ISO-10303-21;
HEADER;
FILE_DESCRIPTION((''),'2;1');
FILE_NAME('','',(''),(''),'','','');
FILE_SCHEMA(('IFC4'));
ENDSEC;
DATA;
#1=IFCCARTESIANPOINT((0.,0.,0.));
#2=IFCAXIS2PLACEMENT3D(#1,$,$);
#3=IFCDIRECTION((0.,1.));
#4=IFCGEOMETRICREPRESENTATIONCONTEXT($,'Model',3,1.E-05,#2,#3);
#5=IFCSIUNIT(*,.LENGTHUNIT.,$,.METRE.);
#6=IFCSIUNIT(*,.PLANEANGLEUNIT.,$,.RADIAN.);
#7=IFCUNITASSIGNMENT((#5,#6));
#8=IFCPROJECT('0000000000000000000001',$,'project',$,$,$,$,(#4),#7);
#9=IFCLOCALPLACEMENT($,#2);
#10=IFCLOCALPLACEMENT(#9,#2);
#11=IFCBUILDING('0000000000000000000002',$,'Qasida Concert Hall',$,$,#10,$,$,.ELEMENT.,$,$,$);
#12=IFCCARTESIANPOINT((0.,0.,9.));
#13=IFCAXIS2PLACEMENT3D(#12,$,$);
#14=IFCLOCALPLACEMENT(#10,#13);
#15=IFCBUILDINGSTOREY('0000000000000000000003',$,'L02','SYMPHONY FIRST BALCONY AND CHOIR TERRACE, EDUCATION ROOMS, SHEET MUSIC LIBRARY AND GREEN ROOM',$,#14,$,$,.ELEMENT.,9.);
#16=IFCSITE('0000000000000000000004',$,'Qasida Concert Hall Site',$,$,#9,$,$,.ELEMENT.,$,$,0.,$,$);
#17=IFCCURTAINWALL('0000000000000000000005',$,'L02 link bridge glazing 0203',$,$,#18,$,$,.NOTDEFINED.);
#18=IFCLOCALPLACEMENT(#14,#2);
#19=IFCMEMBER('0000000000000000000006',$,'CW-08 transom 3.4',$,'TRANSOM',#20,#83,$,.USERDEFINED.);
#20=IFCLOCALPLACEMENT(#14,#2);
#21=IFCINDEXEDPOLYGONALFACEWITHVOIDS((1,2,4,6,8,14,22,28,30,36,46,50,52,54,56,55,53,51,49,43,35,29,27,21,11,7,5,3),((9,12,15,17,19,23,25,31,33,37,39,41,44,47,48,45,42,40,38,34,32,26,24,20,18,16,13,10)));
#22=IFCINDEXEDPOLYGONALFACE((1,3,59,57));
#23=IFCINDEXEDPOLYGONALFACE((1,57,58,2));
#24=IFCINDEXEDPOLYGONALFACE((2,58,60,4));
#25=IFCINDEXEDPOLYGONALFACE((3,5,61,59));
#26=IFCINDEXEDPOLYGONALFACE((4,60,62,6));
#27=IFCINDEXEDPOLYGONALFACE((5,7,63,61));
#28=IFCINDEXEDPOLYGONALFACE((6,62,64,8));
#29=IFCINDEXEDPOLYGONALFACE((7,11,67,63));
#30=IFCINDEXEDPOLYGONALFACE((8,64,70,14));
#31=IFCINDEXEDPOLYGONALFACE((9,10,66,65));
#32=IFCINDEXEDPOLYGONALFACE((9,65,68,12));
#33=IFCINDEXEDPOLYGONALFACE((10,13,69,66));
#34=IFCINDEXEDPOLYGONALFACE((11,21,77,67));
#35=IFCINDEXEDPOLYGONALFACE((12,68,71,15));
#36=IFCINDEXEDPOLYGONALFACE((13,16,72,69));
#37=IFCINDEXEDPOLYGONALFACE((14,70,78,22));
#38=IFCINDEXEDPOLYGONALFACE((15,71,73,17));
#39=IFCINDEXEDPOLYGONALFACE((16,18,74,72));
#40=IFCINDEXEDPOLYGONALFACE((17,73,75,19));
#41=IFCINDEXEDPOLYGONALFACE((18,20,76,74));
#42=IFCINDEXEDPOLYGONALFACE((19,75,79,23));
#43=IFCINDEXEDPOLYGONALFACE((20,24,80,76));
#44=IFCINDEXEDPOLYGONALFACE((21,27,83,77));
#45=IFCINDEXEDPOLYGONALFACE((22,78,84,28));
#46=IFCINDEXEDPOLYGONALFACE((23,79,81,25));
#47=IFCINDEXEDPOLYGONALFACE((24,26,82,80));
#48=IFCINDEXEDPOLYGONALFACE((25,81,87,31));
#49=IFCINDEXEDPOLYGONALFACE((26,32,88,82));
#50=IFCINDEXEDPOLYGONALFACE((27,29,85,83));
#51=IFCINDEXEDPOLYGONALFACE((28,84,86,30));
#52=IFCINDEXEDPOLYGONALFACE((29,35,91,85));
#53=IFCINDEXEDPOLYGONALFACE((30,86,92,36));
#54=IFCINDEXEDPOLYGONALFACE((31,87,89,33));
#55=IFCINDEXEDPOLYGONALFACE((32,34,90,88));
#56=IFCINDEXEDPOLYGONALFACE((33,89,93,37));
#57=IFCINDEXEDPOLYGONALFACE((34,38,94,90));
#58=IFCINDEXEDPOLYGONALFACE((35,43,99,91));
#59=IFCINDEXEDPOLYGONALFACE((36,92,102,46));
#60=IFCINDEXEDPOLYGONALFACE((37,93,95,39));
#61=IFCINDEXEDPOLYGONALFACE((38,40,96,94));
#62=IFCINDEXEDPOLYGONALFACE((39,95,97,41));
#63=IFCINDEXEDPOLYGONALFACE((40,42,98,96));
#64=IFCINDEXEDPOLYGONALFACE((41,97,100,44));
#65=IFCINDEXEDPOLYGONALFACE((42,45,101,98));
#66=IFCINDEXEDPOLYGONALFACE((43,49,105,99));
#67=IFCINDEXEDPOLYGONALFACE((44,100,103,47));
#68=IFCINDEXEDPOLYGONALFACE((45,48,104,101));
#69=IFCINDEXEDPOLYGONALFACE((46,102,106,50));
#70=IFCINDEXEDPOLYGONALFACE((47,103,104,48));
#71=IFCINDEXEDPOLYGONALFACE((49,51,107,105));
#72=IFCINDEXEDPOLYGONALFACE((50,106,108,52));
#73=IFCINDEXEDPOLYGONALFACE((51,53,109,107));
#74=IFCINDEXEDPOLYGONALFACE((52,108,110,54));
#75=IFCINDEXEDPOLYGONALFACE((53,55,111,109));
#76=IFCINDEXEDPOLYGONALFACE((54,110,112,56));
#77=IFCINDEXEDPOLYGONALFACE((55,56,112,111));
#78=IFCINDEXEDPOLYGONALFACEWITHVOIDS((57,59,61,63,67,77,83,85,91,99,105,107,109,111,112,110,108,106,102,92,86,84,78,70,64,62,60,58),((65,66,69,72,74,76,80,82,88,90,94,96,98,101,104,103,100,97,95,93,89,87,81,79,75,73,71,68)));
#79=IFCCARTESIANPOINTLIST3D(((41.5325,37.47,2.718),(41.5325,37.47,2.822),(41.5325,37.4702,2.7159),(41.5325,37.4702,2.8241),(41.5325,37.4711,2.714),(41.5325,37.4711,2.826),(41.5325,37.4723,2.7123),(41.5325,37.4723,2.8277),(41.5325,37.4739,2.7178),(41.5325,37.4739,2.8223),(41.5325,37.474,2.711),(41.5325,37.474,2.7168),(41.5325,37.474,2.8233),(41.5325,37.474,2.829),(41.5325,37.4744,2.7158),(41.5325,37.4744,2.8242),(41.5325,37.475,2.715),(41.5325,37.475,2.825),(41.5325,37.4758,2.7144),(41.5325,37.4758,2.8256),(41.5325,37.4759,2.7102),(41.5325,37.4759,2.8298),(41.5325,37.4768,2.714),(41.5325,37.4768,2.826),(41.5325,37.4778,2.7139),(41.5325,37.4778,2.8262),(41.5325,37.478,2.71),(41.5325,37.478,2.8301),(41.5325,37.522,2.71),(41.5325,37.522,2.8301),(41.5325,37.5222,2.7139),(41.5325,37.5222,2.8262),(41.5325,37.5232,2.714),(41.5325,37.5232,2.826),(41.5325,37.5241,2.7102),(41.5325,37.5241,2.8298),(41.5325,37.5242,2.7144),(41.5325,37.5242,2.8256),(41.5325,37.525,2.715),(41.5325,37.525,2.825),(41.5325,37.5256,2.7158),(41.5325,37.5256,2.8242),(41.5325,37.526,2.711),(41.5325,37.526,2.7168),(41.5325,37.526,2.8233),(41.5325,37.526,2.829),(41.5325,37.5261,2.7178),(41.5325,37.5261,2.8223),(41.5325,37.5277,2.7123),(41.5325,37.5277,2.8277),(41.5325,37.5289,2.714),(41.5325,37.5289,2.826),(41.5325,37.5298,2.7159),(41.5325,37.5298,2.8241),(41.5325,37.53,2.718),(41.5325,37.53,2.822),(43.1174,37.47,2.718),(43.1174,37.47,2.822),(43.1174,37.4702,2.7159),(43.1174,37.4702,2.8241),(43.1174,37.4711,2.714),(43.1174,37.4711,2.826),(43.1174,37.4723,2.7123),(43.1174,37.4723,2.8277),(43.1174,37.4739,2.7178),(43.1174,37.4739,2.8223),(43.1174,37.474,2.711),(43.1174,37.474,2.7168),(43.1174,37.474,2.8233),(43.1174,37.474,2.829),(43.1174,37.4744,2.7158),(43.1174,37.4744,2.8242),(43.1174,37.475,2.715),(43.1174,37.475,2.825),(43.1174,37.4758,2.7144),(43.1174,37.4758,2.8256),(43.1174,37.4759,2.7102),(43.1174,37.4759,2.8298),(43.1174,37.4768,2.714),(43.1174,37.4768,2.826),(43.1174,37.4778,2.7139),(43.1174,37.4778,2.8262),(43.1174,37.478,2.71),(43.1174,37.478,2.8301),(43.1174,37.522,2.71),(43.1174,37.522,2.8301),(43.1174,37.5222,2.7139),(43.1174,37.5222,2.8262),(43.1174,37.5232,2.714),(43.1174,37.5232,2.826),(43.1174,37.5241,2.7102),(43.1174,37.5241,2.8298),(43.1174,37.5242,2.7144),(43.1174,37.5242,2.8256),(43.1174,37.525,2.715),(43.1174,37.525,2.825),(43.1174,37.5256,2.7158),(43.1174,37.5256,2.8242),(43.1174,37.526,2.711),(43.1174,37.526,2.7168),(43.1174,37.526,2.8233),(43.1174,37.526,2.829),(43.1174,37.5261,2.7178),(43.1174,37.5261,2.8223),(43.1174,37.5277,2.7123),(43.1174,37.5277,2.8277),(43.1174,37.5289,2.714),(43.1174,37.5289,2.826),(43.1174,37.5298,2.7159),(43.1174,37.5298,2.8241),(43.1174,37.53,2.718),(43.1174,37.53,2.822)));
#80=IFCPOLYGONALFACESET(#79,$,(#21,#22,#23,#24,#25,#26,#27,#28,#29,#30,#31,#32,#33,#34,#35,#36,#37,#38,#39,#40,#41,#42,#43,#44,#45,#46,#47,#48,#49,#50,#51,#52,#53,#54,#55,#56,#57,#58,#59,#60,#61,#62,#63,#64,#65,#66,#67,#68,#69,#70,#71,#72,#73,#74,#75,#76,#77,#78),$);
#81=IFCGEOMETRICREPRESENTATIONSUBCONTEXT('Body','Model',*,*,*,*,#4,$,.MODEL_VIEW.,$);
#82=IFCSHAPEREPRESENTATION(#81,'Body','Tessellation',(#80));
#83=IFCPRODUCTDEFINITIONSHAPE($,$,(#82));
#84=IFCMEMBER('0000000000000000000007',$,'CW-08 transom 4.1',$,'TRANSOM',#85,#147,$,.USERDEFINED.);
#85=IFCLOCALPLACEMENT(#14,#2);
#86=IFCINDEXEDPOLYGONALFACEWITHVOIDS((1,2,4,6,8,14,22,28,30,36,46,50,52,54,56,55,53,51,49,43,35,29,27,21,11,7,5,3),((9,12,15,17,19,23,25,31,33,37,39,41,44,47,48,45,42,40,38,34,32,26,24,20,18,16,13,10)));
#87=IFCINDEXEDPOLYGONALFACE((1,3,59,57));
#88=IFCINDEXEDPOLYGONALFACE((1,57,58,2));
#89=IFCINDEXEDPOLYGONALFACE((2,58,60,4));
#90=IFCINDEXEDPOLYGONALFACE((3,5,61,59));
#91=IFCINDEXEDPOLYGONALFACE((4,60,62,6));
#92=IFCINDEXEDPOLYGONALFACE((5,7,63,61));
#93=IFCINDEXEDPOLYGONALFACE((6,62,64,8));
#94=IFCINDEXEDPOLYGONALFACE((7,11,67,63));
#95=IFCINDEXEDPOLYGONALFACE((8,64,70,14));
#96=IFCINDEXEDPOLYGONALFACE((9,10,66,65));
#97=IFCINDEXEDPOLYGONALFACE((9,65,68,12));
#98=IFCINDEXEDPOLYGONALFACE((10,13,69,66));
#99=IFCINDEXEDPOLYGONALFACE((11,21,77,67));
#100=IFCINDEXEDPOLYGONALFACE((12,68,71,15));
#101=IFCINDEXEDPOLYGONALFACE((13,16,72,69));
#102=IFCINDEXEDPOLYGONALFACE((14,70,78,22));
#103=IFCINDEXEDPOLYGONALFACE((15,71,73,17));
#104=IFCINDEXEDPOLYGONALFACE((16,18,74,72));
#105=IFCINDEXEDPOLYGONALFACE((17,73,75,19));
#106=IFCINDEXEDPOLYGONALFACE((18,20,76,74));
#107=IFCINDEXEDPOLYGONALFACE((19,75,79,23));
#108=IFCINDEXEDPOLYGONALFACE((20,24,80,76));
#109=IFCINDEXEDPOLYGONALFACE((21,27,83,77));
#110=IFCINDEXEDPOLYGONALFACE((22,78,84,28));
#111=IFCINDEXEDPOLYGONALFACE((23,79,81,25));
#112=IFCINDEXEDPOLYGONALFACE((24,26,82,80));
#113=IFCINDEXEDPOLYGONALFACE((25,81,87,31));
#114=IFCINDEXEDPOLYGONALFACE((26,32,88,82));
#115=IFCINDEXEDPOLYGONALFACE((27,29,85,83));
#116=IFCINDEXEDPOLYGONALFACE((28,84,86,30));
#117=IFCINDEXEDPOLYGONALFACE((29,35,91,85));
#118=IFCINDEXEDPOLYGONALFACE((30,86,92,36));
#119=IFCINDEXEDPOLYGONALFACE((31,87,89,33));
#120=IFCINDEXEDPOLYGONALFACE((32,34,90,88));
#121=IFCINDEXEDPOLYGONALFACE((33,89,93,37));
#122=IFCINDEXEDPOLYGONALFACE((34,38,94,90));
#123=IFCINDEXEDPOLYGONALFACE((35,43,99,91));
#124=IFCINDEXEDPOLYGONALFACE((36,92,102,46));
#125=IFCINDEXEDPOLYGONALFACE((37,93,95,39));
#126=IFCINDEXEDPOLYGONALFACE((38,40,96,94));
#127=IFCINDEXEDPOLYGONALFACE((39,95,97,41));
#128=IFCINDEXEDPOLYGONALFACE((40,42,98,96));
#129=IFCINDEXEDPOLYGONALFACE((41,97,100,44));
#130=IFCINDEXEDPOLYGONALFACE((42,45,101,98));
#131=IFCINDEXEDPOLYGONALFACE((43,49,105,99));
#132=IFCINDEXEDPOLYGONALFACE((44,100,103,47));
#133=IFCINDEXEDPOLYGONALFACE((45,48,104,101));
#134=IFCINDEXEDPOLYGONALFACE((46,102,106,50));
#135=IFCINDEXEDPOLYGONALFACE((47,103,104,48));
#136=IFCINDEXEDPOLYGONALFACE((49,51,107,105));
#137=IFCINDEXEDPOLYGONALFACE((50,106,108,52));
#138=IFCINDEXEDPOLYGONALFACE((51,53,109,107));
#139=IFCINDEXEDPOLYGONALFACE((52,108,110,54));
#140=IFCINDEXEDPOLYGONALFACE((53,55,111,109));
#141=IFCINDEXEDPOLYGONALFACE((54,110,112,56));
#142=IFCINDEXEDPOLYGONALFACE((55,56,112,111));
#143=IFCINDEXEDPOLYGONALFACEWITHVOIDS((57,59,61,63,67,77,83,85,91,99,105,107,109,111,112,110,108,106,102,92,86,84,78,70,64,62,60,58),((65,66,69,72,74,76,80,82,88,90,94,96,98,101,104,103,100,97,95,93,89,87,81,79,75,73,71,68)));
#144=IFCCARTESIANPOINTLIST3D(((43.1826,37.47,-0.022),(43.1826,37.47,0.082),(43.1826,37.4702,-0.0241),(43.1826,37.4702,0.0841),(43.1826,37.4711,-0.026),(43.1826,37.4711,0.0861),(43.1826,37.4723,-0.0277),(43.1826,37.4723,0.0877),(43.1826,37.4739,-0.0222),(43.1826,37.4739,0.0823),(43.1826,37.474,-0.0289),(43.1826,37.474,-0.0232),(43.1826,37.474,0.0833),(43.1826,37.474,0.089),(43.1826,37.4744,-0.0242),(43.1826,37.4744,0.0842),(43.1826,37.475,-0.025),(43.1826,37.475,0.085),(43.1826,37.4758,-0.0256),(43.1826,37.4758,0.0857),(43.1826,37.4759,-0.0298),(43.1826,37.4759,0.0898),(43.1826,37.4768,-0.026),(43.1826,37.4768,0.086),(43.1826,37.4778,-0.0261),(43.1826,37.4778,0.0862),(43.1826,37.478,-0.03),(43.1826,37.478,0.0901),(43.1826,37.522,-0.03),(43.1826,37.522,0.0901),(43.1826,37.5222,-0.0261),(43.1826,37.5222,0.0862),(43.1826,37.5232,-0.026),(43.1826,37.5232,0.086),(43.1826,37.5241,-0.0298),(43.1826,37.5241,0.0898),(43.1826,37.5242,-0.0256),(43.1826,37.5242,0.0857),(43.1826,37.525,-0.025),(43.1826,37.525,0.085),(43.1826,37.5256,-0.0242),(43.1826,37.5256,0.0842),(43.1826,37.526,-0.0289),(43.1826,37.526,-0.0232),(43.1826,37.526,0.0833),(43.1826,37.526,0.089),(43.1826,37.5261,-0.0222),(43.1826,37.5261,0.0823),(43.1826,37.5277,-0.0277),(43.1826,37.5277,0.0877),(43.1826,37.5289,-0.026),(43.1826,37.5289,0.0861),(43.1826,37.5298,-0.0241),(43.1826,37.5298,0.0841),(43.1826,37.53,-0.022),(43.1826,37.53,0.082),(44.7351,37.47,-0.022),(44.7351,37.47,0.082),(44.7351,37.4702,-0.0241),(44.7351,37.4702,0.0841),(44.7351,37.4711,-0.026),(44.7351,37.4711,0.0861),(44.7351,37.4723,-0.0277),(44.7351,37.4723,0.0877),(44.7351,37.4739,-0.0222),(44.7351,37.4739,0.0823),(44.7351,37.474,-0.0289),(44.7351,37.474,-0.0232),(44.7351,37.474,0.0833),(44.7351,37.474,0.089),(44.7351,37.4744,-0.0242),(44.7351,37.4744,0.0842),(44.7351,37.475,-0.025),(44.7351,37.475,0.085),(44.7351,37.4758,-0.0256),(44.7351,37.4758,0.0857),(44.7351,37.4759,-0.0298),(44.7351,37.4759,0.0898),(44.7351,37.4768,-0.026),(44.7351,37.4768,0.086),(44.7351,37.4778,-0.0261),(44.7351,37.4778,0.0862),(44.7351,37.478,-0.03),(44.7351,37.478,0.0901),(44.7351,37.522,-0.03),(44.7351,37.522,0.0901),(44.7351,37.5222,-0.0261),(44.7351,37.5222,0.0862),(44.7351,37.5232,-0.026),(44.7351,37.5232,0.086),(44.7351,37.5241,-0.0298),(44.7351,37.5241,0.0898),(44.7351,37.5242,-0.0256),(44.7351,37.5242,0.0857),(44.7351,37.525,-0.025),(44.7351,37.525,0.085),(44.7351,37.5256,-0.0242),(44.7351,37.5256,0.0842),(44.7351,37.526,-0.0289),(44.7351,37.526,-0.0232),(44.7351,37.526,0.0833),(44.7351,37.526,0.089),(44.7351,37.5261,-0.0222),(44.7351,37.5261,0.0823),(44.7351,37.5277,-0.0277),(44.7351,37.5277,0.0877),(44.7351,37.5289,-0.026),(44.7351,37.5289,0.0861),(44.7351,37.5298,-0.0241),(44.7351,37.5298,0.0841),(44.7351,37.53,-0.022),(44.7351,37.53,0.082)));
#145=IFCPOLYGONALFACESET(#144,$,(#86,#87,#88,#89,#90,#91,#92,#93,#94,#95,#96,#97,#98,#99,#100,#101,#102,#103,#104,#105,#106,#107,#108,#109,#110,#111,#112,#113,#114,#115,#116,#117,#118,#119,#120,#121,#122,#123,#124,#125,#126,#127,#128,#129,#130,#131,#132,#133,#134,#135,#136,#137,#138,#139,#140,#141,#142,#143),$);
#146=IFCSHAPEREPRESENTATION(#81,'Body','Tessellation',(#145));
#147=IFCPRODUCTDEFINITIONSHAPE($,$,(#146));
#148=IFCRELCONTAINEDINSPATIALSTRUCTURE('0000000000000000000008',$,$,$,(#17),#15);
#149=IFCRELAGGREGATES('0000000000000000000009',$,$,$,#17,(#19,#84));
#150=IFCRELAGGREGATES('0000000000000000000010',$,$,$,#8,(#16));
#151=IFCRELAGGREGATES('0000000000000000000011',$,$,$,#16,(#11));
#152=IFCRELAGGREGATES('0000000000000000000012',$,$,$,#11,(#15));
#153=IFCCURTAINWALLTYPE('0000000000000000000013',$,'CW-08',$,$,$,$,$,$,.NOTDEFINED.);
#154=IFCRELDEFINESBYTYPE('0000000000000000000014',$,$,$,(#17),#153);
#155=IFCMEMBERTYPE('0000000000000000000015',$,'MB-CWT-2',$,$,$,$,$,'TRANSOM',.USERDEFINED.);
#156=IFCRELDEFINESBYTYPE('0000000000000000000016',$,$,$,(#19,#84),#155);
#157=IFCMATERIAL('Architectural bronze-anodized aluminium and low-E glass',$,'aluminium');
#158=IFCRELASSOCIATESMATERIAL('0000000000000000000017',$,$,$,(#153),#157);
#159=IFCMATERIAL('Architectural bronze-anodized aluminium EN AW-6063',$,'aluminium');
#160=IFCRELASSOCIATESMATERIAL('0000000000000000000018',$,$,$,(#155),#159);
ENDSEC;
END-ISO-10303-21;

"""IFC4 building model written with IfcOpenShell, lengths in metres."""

from ifc_helpers import new_model, si_unit, direction, frame, origin, origin_2d, place, context, subcontext, project, spatial, hollow_rectangle, extrude, material, material_profile, profile_set, type_object, element, aggregate, save


model = new_model("IFC4")

# Units and contexts
model_context = context("Model", 3, precision=1e-05, world=origin(), true_north=direction((0.0, 1.0)))
body_context = subcontext(model_context, "Body", "Model", "MODEL_VIEW")
ifc_project = project(units=[si_unit("LENGTHUNIT", "METRE"), si_unit("PLANEANGLEUNIT", "RADIAN")], contexts=[model_context])

# Site, building, storey
site_placement = place(None, origin())
site = spatial("IfcSite", under=ifc_project, at=site_placement, Name="Qasida Concert Hall Site", CompositionType="ELEMENT", RefElevation=0.0)
building_placement = place(site_placement, origin())
building = spatial("IfcBuilding", under=site, at=building_placement, Name="Qasida Concert Hall", CompositionType="ELEMENT")
storey_placement = place(building_placement, frame((0.0, 0.0, 9.0)))
storey = spatial("IfcBuildingStorey", under=building, at=storey_placement, Name="L02", Description="SYMPHONY FIRST BALCONY AND CHOIR TERRACE, EDUCATION ROOMS, SHEET MUSIC LIBRARY AND GREEN ROOM", CompositionType="ELEMENT", Elevation=9.0)

# Curtain wall, members
ifc_material_1 = material(Name="Architectural bronze-anodized aluminium and low-E glass", Category="aluminium")
curtain_wall_type = type_object("IfcCurtainWallType", Name="CW-08", PredefinedType="NOTDEFINED", material=ifc_material_1)
curtain_wall_placement = place(storey_placement, origin())
curtain_wall = element("IfcCurtainWall", 1, at=curtain_wall_placement, inside=storey, type_object=curtain_wall_type, Name="L02 link bridge glazing 0203", PredefinedType="NOTDEFINED")
ifc_material_2 = material(Name="Architectural bronze-anodized aluminium EN AW-6063", Category="aluminium")
ifc_material_profile_1 = material_profile(ifc_material_2, hollow_rectangle(XDim=0.0601, YDim=0.1201, WallThickness=0.0039, InnerFilletRadius=0.0039, OuterFilletRadius=0.0081, at=origin_2d()), Name="CWT 120x60x4")
ifc_profile_set_1 = profile_set([ifc_material_profile_1], Name="Architectural bronze-anodized aluminium EN AW-6063")
member_type_1 = type_object("IfcMemberType", Name="MB-CWT-2", ElementType="TRANSOM", PredefinedType="USERDEFINED", material=ifc_profile_set_1)
member_1_placement = place(storey_placement, frame((41.5325, 37.5, 2.77), z_axis=(1.0, 0.0, 0.0), x_axis=(0.0, 1.0, 0.0)))
member_1 = element("IfcMember", 2, at=member_1_placement, type_object=member_type_1, Name="CW-08 transom 3.4", ObjectType="TRANSOM", PredefinedType="USERDEFINED", context=body_context, shape_type="SweptSolid", body=[
    extrude(hollow_rectangle(XDim=0.0601, YDim=0.1201, WallThickness=0.0039, InnerFilletRadius=0.0039, OuterFilletRadius=0.0081, at=origin_2d()), origin(), (0.0, 0.0, 1.0), 1.585),
])
member_2_placement = place(storey_placement, frame((43.1826, 37.5, 0.03), z_axis=(1.0, 0.0, 0.0), x_axis=(0.0, 1.0, 0.0)))
member_2 = element("IfcMember", 3, at=member_2_placement, type_object=member_type_1, Name="CW-08 transom 4.1", ObjectType="TRANSOM", PredefinedType="USERDEFINED", context=body_context, shape_type="SweptSolid", body=[
    extrude(hollow_rectangle(XDim=0.0601, YDim=0.1201, WallThickness=0.0039, InnerFilletRadius=0.0039, OuterFilletRadius=0.0081, at=origin_2d()), origin(), (0.0, 0.0, 1.0), 1.5525),
])
aggregate(curtain_wall, [member_1, member_2])

save(model, "model.ifc")
